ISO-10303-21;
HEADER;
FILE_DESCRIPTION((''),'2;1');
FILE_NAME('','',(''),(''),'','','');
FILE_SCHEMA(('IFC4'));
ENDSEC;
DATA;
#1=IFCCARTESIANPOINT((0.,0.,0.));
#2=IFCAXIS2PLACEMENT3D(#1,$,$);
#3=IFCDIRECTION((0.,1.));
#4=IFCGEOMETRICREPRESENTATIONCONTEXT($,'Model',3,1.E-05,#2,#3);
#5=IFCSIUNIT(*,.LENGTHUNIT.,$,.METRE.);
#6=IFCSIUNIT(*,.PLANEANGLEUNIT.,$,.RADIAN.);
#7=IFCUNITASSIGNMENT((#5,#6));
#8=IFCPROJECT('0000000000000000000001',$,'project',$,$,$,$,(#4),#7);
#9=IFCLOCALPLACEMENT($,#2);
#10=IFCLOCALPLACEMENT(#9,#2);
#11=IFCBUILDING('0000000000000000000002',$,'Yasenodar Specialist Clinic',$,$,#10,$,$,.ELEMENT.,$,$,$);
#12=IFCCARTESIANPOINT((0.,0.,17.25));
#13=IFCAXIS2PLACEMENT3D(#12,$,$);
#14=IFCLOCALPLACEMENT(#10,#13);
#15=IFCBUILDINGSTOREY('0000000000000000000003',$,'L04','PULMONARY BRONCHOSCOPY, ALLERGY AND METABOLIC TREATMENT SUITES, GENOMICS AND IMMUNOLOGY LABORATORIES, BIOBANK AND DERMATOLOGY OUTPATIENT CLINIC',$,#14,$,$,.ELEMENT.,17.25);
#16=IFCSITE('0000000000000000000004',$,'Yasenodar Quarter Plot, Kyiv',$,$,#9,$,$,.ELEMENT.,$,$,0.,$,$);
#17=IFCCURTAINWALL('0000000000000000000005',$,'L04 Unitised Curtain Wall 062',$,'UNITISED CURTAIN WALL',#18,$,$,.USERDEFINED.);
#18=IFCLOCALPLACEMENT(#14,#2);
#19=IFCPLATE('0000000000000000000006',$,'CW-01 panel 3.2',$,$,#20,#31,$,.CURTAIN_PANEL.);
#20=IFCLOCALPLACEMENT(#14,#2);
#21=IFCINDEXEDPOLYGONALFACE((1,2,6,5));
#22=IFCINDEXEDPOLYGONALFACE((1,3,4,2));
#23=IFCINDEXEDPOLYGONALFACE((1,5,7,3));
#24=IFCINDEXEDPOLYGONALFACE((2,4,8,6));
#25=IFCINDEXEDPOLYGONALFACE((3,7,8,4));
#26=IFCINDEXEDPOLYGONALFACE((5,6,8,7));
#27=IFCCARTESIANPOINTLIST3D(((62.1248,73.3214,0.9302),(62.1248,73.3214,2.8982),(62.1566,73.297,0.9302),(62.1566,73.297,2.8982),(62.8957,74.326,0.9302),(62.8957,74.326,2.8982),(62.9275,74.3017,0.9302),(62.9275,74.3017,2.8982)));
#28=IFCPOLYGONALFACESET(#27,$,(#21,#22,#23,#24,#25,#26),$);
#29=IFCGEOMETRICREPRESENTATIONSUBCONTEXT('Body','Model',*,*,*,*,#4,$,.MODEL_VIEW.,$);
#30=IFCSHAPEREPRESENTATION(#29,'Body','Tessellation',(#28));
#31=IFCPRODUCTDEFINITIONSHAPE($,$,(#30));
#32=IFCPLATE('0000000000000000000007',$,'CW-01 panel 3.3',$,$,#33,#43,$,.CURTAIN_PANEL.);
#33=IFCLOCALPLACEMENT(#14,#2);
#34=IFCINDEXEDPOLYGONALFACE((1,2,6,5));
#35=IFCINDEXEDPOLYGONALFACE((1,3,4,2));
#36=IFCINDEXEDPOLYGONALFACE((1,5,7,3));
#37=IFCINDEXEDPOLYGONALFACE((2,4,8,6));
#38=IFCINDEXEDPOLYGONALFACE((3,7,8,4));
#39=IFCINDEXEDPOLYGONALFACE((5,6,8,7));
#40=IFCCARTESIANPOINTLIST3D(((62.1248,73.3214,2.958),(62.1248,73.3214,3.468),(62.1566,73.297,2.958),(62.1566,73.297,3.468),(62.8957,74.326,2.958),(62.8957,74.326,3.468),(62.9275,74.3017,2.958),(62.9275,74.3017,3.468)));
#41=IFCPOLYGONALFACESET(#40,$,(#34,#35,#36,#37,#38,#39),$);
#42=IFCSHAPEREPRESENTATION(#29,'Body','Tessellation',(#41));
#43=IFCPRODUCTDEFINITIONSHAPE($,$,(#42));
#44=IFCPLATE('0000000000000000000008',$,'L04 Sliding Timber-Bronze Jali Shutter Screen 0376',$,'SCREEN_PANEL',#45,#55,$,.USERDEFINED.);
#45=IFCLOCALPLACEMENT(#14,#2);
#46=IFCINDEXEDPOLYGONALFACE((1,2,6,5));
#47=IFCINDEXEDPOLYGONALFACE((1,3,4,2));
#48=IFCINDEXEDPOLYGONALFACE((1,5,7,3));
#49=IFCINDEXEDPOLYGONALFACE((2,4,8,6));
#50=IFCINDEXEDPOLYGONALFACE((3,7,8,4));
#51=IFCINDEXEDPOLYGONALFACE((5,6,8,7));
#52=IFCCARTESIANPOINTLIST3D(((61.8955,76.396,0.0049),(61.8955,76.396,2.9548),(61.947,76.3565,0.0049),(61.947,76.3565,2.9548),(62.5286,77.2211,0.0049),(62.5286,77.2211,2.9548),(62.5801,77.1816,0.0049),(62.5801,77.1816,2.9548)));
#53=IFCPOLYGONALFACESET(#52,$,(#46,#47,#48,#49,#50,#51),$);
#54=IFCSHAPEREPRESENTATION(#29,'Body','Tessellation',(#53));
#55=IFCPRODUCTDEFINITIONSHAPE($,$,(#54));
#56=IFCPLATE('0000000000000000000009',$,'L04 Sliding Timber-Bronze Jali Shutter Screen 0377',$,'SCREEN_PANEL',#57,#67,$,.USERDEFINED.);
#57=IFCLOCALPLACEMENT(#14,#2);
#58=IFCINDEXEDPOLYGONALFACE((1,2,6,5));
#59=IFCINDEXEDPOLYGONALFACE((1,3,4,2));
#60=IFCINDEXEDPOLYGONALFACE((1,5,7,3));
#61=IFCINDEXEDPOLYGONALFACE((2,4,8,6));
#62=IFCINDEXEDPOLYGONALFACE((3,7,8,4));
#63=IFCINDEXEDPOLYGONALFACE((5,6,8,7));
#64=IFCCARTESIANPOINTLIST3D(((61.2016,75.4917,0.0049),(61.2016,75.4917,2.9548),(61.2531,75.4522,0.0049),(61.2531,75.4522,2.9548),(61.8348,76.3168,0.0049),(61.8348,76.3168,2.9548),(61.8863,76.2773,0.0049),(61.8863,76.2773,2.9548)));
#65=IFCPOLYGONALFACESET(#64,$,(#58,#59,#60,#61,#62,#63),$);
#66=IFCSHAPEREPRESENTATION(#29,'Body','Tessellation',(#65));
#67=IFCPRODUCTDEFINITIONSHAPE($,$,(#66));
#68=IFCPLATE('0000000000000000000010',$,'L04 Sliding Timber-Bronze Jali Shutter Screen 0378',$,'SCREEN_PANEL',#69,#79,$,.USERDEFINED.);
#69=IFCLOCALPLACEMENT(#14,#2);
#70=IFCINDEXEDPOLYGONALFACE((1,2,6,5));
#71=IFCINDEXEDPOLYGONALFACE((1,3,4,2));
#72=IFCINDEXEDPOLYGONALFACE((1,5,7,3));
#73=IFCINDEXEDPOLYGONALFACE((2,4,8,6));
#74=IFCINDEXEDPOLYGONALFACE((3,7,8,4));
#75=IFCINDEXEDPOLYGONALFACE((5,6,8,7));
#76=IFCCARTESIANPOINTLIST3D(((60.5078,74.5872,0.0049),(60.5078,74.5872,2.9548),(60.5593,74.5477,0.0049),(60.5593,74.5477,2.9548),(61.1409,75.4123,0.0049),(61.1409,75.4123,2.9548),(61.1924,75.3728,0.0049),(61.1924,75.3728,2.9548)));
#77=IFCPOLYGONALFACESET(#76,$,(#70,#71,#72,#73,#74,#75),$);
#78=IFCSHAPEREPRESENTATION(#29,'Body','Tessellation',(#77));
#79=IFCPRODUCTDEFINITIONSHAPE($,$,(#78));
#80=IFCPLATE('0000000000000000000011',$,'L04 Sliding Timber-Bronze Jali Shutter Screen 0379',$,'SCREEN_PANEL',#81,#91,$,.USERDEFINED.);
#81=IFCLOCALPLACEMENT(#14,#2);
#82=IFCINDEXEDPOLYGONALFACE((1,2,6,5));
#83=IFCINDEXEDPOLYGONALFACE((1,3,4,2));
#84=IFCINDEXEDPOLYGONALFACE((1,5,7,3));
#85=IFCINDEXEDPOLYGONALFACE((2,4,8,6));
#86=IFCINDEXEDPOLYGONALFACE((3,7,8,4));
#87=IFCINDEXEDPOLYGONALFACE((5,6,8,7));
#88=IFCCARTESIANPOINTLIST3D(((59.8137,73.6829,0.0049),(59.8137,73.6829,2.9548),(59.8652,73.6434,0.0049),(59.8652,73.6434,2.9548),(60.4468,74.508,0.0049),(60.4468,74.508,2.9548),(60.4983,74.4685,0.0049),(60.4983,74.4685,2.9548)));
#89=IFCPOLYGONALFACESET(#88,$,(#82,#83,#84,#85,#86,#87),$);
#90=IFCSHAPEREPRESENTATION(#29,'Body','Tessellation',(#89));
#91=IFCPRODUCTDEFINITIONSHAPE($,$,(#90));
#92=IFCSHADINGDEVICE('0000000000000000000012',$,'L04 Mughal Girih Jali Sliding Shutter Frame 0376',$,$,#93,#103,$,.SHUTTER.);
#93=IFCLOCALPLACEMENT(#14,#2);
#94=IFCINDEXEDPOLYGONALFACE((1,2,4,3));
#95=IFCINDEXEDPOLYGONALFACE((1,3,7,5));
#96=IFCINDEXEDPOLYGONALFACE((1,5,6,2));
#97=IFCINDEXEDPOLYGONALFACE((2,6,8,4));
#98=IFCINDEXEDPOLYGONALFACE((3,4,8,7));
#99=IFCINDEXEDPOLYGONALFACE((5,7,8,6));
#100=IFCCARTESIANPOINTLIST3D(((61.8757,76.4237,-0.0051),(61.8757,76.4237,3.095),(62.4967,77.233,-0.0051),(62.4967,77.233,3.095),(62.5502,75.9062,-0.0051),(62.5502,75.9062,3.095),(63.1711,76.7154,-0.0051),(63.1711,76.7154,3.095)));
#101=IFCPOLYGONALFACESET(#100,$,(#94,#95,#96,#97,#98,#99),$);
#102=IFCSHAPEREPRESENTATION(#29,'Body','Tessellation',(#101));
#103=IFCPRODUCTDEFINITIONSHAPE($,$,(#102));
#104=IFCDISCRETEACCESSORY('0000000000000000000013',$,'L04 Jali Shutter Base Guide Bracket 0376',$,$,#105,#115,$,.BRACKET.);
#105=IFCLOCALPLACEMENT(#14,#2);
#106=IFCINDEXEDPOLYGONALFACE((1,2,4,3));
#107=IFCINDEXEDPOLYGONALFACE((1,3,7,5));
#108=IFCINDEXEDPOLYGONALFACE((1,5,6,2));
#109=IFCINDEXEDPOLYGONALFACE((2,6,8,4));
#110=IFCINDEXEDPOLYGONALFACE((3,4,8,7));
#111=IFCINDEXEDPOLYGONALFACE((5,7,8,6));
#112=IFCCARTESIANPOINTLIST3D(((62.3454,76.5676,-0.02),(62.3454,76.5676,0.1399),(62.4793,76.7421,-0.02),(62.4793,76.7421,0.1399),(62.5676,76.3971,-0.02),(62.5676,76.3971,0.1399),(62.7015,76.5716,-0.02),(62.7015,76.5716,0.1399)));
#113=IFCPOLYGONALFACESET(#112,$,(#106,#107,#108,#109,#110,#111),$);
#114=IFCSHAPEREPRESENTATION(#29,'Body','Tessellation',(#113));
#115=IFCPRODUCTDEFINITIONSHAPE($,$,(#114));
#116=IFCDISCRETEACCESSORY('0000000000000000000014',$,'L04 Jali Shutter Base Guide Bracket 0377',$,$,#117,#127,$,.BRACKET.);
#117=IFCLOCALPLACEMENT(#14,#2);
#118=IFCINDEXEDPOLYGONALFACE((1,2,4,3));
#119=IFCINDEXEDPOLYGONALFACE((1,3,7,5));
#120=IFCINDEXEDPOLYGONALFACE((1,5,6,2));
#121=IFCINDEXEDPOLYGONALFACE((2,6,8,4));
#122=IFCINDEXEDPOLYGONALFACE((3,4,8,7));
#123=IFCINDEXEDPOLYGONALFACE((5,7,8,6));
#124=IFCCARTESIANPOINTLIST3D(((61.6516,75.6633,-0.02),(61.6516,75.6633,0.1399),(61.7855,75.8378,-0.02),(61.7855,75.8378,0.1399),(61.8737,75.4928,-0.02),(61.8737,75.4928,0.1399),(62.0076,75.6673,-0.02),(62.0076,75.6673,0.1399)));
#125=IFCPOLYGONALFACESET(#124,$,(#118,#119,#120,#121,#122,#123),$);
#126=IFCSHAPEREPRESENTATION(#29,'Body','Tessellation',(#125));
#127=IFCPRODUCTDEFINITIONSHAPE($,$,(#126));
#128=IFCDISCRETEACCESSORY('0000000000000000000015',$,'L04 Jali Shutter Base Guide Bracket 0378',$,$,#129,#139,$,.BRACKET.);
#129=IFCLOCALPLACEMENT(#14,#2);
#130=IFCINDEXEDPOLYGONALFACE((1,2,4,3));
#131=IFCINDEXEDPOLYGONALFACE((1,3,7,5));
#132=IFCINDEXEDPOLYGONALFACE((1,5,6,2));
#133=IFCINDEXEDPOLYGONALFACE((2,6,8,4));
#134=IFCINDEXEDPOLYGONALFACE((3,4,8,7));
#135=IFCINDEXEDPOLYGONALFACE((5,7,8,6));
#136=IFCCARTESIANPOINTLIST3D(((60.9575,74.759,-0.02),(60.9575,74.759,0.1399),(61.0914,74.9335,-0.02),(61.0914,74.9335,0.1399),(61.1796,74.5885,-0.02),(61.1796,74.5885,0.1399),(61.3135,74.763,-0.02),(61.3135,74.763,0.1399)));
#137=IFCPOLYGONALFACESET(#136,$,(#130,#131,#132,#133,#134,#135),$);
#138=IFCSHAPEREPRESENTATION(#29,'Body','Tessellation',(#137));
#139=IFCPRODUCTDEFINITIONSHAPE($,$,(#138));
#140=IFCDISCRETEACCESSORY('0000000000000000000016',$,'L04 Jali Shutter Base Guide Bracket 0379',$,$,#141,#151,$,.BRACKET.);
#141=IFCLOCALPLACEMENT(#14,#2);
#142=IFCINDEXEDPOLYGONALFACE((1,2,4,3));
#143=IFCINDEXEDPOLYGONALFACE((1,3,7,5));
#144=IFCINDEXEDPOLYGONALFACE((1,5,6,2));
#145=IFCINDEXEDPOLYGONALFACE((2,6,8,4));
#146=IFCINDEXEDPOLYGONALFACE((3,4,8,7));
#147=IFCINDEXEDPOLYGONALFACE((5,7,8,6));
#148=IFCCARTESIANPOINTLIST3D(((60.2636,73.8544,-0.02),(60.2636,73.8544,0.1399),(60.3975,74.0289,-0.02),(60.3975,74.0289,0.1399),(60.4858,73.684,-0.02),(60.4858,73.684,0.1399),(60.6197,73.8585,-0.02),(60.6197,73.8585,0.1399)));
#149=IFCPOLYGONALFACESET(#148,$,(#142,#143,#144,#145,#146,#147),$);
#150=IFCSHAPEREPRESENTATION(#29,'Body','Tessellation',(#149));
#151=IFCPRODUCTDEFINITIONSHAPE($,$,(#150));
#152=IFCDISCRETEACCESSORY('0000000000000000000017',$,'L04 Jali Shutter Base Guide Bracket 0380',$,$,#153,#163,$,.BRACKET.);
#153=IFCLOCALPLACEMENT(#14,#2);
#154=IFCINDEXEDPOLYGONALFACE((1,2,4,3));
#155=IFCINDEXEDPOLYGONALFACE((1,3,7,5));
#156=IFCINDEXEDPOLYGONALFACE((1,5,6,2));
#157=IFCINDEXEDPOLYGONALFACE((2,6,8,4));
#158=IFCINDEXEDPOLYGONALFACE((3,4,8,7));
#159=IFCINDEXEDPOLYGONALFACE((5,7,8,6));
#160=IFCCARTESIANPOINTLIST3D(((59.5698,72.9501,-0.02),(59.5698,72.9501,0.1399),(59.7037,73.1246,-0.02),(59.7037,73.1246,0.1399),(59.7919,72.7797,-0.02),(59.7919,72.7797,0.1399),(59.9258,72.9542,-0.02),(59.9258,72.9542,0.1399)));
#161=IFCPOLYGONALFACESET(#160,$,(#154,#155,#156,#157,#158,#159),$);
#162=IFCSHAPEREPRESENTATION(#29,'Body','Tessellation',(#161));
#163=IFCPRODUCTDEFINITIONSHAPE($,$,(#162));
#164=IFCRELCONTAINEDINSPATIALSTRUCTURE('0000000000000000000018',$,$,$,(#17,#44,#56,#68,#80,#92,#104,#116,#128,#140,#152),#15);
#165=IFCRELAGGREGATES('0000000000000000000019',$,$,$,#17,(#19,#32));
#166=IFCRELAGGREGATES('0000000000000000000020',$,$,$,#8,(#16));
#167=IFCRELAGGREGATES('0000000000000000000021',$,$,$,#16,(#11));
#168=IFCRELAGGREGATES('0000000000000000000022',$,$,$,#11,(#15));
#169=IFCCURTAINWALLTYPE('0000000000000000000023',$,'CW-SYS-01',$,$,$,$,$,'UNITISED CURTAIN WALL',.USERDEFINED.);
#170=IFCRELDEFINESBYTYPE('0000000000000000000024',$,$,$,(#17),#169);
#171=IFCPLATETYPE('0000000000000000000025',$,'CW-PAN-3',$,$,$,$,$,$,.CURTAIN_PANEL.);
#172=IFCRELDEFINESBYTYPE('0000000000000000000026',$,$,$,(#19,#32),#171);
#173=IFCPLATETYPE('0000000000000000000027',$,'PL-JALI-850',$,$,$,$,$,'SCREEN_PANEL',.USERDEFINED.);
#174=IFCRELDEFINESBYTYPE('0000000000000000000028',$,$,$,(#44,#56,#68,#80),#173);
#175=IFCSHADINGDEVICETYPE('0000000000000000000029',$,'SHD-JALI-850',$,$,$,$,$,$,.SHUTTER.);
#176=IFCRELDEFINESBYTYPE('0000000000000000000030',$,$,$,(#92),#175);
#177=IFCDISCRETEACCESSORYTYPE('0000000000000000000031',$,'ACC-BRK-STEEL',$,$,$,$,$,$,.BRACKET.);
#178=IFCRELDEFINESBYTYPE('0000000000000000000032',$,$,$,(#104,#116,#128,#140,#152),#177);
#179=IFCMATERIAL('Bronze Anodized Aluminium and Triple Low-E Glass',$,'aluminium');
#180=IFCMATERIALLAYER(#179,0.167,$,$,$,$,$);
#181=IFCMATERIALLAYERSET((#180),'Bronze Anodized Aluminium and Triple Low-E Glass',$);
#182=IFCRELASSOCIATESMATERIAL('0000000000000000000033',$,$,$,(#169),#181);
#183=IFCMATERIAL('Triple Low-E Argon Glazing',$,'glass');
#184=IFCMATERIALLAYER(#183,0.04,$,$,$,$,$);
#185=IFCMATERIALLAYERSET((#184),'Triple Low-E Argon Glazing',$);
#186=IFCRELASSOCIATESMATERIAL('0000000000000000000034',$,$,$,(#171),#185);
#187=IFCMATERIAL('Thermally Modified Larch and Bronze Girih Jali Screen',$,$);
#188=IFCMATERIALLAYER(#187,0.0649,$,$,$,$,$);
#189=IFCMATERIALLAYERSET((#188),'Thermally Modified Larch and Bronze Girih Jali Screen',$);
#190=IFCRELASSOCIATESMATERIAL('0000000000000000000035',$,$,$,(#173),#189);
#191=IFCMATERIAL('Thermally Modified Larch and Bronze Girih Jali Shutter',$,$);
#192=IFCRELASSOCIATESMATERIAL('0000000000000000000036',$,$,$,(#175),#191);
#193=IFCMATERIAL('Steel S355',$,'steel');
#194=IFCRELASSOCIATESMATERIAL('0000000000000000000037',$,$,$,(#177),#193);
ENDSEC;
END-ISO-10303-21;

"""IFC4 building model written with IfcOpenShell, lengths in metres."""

from ifc_helpers import new_model, si_unit, direction, frame, origin, origin_2d, place, context, subcontext, project, spatial, rectangle, extrude, material, layer, layer_set, type_object, element, aggregate, save


model = new_model("IFC4")

# Units and contexts
model_context = context("Model", 3, precision=1e-05, world=origin(), true_north=direction((0.0, 1.0)))
body_context = subcontext(model_context, "Body", "Model", "MODEL_VIEW")
ifc_project = project(units=[si_unit("LENGTHUNIT", "METRE"), si_unit("PLANEANGLEUNIT", "RADIAN")], contexts=[model_context])

# Site, building, storey
site_placement = place(None, origin())
site = spatial("IfcSite", under=ifc_project, at=site_placement, Name="Yasenodar Quarter Plot, Kyiv", CompositionType="ELEMENT", RefElevation=0.0)
building_placement = place(site_placement, origin())
building = spatial("IfcBuilding", under=site, at=building_placement, Name="Yasenodar Specialist Clinic", CompositionType="ELEMENT")
storey_placement = place(building_placement, frame((0.0, 0.0, 17.25)))
storey = spatial("IfcBuildingStorey", under=building, at=storey_placement, Name="L04", Description="PULMONARY BRONCHOSCOPY, ALLERGY AND METABOLIC TREATMENT SUITES, GENOMICS AND IMMUNOLOGY LABORATORIES, BIOBANK AND DERMATOLOGY OUTPATIENT CLINIC", CompositionType="ELEMENT", Elevation=17.25)

# Curtain wall, plates
ifc_material_1 = material(Name="Bronze Anodized Aluminium and Triple Low-E Glass", Category="aluminium")
ifc_layer_1 = layer(ifc_material_1, 0.167)
ifc_layer_set_1 = layer_set([ifc_layer_1], Name="Bronze Anodized Aluminium and Triple Low-E Glass")
curtain_wall_type = type_object("IfcCurtainWallType", Name="CW-SYS-01", ElementType="UNITISED CURTAIN WALL", PredefinedType="USERDEFINED", material=ifc_layer_set_1)
curtain_wall_placement = place(storey_placement, origin())
curtain_wall = element("IfcCurtainWall", 1, at=curtain_wall_placement, inside=storey, type_object=curtain_wall_type, Name="L04 Unitised Curtain Wall 062", ObjectType="UNITISED CURTAIN WALL", PredefinedType="USERDEFINED")
ifc_material_2 = material(Name="Triple Low-E Argon Glazing", Category="glass")
ifc_layer_2 = layer(ifc_material_2, 0.04)
ifc_layer_set_2 = layer_set([ifc_layer_2], Name="Triple Low-E Argon Glazing")
plate_type_1 = type_object("IfcPlateType", Name="CW-PAN-3", PredefinedType="CURTAIN_PANEL", material=ifc_layer_set_2)
plate_1_placement = place(storey_placement, frame((62.5261, 73.8115, 0.9302), z_axis=(0.0, 0.0, 1.0), x_axis=(0.608752, 0.793361, 0.0)))
plate_1 = element("IfcPlate", 2, at=plate_1_placement, type_object=plate_type_1, Name="CW-01 panel 3.2", PredefinedType="CURTAIN_PANEL", context=body_context, shape_type="SweptSolid", body=[
    extrude(rectangle(XDim=1.2664, YDim=0.04, at=origin_2d()), origin(), (0.0, 0.0, 1.0), 1.968),
])
plate_2_placement = place(storey_placement, frame((62.5261, 73.8115, 2.958), z_axis=(0.0, 0.0, 1.0), x_axis=(0.608752, 0.793361, 0.0)))
plate_2 = element("IfcPlate", 3, at=plate_2_placement, type_object=plate_type_1, Name="CW-01 panel 3.3", PredefinedType="CURTAIN_PANEL", context=body_context, shape_type="SweptSolid", body=[
    extrude(rectangle(XDim=1.2664, YDim=0.04, at=origin_2d()), origin(), (0.0, 0.0, 1.0), 0.51),
])
aggregate(curtain_wall, [plate_1, plate_2])

# Plates
ifc_material_3 = material(Name="Thermally Modified Larch and Bronze Girih Jali Screen")
ifc_layer_3 = layer(ifc_material_3, 0.0649)
ifc_layer_set_3 = layer_set([ifc_layer_3], Name="Thermally Modified Larch and Bronze Girih Jali Screen")
plate_type_2 = type_object("IfcPlateType", Name="PL-JALI-850", ElementType="SCREEN_PANEL", PredefinedType="USERDEFINED", material=ifc_layer_set_3)
for number, where, z_axis, x_axis, name in (
    (4, (62.2378, 76.7888, 0.0049), (0.0, 0.0, 1.0), (-0.608764, -0.793351, 0.0), "L04 Sliding Timber-Bronze Jali Shutter Screen 0376"),
    (5, (61.5439, 75.8845, 0.0049), (0.0, 0.0, 1.0), (-0.608764, -0.793351, 0.0), "L04 Sliding Timber-Bronze Jali Shutter Screen 0377"),
    (6, (60.8501, 74.98, 0.0049), (0.0, 0.0, 1.0), (-0.608764, -0.793351, 0.0), "L04 Sliding Timber-Bronze Jali Shutter Screen 0378"),
    (7, (60.156, 74.0757, 0.0049), (0.0, 0.0, 1.0), (-0.608764, -0.793351, 0.0), "L04 Sliding Timber-Bronze Jali Shutter Screen 0379"),
):
    element("IfcPlate", number, at=place(storey_placement, frame(where, z_axis=z_axis, x_axis=x_axis)), inside=storey, type_object=plate_type_2, Name=name, ObjectType="SCREEN_PANEL", PredefinedType="USERDEFINED", context=body_context, shape_type="SweptSolid", body=[
        extrude(rectangle(XDim=1.04, YDim=0.0649, at=origin_2d()), origin(), (0.0, 0.0, 1.0), 2.95),
    ])

# Shading device
ifc_material_4 = material(Name="Thermally Modified Larch and Bronze Girih Jali Shutter")
shading_device_type = type_object("IfcShadingDeviceType", Name="SHD-JALI-850", PredefinedType="SHUTTER", material=ifc_material_4)
shading_device_placement = place(storey_placement, frame((62.5234, 76.5696, -0.0051), z_axis=(0.0, 0.0, 1.0), x_axis=(-0.608764, -0.793351, 0.0)))
element("IfcShadingDevice", 8, at=shading_device_placement, inside=storey, type_object=shading_device_type, Name="L04 Mughal Girih Jali Sliding Shutter Frame 0376", PredefinedType="SHUTTER", context=body_context, shape_type="SweptSolid", body=[
    extrude(rectangle(XDim=1.02, YDim=0.8501, at=origin_2d()), origin(), (0.0, 0.0, 1.0), 3.1001),
])

# Discrete accessories
ifc_material_5 = material(Name="Steel S355", Category="steel")
discrete_accessory_type = type_object("IfcDiscreteAccessoryType", Name="ACC-BRK-STEEL", PredefinedType="BRACKET", material=ifc_material_5)
for number, where, z_axis, x_axis, name in (
    (9, (62.5234, 76.5696, -0.02), (0.0, 0.0, 1.0), (-0.608764, -0.793351, 0.0), "L04 Jali Shutter Base Guide Bracket 0376"),
    (10, (61.8296, 75.6653, -0.02), (0.0, 0.0, 1.0), (-0.608764, -0.793351, 0.0), "L04 Jali Shutter Base Guide Bracket 0377"),
    (11, (61.1355, 74.761, -0.02), (0.0, 0.0, 1.0), (-0.608764, -0.793351, 0.0), "L04 Jali Shutter Base Guide Bracket 0378"),
    (12, (60.4417, 73.8564, -0.02), (0.0, 0.0, 1.0), (-0.608764, -0.793351, 0.0), "L04 Jali Shutter Base Guide Bracket 0379"),
    (13, (59.7478, 72.9521, -0.02), (0.0, 0.0, 1.0), (-0.608764, -0.793351, 0.0), "L04 Jali Shutter Base Guide Bracket 0380"),
):
    element("IfcDiscreteAccessory", number, at=place(storey_placement, frame(where, z_axis=z_axis, x_axis=x_axis)), inside=storey, type_object=discrete_accessory_type, Name=name, PredefinedType="BRACKET", context=body_context, shape_type="SweptSolid", body=[
        extrude(rectangle(XDim=0.22, YDim=0.28, at=origin_2d()), origin(), (0.0, 0.0, 1.0), 0.1599),
    ])

save(model, "model.ifc")
